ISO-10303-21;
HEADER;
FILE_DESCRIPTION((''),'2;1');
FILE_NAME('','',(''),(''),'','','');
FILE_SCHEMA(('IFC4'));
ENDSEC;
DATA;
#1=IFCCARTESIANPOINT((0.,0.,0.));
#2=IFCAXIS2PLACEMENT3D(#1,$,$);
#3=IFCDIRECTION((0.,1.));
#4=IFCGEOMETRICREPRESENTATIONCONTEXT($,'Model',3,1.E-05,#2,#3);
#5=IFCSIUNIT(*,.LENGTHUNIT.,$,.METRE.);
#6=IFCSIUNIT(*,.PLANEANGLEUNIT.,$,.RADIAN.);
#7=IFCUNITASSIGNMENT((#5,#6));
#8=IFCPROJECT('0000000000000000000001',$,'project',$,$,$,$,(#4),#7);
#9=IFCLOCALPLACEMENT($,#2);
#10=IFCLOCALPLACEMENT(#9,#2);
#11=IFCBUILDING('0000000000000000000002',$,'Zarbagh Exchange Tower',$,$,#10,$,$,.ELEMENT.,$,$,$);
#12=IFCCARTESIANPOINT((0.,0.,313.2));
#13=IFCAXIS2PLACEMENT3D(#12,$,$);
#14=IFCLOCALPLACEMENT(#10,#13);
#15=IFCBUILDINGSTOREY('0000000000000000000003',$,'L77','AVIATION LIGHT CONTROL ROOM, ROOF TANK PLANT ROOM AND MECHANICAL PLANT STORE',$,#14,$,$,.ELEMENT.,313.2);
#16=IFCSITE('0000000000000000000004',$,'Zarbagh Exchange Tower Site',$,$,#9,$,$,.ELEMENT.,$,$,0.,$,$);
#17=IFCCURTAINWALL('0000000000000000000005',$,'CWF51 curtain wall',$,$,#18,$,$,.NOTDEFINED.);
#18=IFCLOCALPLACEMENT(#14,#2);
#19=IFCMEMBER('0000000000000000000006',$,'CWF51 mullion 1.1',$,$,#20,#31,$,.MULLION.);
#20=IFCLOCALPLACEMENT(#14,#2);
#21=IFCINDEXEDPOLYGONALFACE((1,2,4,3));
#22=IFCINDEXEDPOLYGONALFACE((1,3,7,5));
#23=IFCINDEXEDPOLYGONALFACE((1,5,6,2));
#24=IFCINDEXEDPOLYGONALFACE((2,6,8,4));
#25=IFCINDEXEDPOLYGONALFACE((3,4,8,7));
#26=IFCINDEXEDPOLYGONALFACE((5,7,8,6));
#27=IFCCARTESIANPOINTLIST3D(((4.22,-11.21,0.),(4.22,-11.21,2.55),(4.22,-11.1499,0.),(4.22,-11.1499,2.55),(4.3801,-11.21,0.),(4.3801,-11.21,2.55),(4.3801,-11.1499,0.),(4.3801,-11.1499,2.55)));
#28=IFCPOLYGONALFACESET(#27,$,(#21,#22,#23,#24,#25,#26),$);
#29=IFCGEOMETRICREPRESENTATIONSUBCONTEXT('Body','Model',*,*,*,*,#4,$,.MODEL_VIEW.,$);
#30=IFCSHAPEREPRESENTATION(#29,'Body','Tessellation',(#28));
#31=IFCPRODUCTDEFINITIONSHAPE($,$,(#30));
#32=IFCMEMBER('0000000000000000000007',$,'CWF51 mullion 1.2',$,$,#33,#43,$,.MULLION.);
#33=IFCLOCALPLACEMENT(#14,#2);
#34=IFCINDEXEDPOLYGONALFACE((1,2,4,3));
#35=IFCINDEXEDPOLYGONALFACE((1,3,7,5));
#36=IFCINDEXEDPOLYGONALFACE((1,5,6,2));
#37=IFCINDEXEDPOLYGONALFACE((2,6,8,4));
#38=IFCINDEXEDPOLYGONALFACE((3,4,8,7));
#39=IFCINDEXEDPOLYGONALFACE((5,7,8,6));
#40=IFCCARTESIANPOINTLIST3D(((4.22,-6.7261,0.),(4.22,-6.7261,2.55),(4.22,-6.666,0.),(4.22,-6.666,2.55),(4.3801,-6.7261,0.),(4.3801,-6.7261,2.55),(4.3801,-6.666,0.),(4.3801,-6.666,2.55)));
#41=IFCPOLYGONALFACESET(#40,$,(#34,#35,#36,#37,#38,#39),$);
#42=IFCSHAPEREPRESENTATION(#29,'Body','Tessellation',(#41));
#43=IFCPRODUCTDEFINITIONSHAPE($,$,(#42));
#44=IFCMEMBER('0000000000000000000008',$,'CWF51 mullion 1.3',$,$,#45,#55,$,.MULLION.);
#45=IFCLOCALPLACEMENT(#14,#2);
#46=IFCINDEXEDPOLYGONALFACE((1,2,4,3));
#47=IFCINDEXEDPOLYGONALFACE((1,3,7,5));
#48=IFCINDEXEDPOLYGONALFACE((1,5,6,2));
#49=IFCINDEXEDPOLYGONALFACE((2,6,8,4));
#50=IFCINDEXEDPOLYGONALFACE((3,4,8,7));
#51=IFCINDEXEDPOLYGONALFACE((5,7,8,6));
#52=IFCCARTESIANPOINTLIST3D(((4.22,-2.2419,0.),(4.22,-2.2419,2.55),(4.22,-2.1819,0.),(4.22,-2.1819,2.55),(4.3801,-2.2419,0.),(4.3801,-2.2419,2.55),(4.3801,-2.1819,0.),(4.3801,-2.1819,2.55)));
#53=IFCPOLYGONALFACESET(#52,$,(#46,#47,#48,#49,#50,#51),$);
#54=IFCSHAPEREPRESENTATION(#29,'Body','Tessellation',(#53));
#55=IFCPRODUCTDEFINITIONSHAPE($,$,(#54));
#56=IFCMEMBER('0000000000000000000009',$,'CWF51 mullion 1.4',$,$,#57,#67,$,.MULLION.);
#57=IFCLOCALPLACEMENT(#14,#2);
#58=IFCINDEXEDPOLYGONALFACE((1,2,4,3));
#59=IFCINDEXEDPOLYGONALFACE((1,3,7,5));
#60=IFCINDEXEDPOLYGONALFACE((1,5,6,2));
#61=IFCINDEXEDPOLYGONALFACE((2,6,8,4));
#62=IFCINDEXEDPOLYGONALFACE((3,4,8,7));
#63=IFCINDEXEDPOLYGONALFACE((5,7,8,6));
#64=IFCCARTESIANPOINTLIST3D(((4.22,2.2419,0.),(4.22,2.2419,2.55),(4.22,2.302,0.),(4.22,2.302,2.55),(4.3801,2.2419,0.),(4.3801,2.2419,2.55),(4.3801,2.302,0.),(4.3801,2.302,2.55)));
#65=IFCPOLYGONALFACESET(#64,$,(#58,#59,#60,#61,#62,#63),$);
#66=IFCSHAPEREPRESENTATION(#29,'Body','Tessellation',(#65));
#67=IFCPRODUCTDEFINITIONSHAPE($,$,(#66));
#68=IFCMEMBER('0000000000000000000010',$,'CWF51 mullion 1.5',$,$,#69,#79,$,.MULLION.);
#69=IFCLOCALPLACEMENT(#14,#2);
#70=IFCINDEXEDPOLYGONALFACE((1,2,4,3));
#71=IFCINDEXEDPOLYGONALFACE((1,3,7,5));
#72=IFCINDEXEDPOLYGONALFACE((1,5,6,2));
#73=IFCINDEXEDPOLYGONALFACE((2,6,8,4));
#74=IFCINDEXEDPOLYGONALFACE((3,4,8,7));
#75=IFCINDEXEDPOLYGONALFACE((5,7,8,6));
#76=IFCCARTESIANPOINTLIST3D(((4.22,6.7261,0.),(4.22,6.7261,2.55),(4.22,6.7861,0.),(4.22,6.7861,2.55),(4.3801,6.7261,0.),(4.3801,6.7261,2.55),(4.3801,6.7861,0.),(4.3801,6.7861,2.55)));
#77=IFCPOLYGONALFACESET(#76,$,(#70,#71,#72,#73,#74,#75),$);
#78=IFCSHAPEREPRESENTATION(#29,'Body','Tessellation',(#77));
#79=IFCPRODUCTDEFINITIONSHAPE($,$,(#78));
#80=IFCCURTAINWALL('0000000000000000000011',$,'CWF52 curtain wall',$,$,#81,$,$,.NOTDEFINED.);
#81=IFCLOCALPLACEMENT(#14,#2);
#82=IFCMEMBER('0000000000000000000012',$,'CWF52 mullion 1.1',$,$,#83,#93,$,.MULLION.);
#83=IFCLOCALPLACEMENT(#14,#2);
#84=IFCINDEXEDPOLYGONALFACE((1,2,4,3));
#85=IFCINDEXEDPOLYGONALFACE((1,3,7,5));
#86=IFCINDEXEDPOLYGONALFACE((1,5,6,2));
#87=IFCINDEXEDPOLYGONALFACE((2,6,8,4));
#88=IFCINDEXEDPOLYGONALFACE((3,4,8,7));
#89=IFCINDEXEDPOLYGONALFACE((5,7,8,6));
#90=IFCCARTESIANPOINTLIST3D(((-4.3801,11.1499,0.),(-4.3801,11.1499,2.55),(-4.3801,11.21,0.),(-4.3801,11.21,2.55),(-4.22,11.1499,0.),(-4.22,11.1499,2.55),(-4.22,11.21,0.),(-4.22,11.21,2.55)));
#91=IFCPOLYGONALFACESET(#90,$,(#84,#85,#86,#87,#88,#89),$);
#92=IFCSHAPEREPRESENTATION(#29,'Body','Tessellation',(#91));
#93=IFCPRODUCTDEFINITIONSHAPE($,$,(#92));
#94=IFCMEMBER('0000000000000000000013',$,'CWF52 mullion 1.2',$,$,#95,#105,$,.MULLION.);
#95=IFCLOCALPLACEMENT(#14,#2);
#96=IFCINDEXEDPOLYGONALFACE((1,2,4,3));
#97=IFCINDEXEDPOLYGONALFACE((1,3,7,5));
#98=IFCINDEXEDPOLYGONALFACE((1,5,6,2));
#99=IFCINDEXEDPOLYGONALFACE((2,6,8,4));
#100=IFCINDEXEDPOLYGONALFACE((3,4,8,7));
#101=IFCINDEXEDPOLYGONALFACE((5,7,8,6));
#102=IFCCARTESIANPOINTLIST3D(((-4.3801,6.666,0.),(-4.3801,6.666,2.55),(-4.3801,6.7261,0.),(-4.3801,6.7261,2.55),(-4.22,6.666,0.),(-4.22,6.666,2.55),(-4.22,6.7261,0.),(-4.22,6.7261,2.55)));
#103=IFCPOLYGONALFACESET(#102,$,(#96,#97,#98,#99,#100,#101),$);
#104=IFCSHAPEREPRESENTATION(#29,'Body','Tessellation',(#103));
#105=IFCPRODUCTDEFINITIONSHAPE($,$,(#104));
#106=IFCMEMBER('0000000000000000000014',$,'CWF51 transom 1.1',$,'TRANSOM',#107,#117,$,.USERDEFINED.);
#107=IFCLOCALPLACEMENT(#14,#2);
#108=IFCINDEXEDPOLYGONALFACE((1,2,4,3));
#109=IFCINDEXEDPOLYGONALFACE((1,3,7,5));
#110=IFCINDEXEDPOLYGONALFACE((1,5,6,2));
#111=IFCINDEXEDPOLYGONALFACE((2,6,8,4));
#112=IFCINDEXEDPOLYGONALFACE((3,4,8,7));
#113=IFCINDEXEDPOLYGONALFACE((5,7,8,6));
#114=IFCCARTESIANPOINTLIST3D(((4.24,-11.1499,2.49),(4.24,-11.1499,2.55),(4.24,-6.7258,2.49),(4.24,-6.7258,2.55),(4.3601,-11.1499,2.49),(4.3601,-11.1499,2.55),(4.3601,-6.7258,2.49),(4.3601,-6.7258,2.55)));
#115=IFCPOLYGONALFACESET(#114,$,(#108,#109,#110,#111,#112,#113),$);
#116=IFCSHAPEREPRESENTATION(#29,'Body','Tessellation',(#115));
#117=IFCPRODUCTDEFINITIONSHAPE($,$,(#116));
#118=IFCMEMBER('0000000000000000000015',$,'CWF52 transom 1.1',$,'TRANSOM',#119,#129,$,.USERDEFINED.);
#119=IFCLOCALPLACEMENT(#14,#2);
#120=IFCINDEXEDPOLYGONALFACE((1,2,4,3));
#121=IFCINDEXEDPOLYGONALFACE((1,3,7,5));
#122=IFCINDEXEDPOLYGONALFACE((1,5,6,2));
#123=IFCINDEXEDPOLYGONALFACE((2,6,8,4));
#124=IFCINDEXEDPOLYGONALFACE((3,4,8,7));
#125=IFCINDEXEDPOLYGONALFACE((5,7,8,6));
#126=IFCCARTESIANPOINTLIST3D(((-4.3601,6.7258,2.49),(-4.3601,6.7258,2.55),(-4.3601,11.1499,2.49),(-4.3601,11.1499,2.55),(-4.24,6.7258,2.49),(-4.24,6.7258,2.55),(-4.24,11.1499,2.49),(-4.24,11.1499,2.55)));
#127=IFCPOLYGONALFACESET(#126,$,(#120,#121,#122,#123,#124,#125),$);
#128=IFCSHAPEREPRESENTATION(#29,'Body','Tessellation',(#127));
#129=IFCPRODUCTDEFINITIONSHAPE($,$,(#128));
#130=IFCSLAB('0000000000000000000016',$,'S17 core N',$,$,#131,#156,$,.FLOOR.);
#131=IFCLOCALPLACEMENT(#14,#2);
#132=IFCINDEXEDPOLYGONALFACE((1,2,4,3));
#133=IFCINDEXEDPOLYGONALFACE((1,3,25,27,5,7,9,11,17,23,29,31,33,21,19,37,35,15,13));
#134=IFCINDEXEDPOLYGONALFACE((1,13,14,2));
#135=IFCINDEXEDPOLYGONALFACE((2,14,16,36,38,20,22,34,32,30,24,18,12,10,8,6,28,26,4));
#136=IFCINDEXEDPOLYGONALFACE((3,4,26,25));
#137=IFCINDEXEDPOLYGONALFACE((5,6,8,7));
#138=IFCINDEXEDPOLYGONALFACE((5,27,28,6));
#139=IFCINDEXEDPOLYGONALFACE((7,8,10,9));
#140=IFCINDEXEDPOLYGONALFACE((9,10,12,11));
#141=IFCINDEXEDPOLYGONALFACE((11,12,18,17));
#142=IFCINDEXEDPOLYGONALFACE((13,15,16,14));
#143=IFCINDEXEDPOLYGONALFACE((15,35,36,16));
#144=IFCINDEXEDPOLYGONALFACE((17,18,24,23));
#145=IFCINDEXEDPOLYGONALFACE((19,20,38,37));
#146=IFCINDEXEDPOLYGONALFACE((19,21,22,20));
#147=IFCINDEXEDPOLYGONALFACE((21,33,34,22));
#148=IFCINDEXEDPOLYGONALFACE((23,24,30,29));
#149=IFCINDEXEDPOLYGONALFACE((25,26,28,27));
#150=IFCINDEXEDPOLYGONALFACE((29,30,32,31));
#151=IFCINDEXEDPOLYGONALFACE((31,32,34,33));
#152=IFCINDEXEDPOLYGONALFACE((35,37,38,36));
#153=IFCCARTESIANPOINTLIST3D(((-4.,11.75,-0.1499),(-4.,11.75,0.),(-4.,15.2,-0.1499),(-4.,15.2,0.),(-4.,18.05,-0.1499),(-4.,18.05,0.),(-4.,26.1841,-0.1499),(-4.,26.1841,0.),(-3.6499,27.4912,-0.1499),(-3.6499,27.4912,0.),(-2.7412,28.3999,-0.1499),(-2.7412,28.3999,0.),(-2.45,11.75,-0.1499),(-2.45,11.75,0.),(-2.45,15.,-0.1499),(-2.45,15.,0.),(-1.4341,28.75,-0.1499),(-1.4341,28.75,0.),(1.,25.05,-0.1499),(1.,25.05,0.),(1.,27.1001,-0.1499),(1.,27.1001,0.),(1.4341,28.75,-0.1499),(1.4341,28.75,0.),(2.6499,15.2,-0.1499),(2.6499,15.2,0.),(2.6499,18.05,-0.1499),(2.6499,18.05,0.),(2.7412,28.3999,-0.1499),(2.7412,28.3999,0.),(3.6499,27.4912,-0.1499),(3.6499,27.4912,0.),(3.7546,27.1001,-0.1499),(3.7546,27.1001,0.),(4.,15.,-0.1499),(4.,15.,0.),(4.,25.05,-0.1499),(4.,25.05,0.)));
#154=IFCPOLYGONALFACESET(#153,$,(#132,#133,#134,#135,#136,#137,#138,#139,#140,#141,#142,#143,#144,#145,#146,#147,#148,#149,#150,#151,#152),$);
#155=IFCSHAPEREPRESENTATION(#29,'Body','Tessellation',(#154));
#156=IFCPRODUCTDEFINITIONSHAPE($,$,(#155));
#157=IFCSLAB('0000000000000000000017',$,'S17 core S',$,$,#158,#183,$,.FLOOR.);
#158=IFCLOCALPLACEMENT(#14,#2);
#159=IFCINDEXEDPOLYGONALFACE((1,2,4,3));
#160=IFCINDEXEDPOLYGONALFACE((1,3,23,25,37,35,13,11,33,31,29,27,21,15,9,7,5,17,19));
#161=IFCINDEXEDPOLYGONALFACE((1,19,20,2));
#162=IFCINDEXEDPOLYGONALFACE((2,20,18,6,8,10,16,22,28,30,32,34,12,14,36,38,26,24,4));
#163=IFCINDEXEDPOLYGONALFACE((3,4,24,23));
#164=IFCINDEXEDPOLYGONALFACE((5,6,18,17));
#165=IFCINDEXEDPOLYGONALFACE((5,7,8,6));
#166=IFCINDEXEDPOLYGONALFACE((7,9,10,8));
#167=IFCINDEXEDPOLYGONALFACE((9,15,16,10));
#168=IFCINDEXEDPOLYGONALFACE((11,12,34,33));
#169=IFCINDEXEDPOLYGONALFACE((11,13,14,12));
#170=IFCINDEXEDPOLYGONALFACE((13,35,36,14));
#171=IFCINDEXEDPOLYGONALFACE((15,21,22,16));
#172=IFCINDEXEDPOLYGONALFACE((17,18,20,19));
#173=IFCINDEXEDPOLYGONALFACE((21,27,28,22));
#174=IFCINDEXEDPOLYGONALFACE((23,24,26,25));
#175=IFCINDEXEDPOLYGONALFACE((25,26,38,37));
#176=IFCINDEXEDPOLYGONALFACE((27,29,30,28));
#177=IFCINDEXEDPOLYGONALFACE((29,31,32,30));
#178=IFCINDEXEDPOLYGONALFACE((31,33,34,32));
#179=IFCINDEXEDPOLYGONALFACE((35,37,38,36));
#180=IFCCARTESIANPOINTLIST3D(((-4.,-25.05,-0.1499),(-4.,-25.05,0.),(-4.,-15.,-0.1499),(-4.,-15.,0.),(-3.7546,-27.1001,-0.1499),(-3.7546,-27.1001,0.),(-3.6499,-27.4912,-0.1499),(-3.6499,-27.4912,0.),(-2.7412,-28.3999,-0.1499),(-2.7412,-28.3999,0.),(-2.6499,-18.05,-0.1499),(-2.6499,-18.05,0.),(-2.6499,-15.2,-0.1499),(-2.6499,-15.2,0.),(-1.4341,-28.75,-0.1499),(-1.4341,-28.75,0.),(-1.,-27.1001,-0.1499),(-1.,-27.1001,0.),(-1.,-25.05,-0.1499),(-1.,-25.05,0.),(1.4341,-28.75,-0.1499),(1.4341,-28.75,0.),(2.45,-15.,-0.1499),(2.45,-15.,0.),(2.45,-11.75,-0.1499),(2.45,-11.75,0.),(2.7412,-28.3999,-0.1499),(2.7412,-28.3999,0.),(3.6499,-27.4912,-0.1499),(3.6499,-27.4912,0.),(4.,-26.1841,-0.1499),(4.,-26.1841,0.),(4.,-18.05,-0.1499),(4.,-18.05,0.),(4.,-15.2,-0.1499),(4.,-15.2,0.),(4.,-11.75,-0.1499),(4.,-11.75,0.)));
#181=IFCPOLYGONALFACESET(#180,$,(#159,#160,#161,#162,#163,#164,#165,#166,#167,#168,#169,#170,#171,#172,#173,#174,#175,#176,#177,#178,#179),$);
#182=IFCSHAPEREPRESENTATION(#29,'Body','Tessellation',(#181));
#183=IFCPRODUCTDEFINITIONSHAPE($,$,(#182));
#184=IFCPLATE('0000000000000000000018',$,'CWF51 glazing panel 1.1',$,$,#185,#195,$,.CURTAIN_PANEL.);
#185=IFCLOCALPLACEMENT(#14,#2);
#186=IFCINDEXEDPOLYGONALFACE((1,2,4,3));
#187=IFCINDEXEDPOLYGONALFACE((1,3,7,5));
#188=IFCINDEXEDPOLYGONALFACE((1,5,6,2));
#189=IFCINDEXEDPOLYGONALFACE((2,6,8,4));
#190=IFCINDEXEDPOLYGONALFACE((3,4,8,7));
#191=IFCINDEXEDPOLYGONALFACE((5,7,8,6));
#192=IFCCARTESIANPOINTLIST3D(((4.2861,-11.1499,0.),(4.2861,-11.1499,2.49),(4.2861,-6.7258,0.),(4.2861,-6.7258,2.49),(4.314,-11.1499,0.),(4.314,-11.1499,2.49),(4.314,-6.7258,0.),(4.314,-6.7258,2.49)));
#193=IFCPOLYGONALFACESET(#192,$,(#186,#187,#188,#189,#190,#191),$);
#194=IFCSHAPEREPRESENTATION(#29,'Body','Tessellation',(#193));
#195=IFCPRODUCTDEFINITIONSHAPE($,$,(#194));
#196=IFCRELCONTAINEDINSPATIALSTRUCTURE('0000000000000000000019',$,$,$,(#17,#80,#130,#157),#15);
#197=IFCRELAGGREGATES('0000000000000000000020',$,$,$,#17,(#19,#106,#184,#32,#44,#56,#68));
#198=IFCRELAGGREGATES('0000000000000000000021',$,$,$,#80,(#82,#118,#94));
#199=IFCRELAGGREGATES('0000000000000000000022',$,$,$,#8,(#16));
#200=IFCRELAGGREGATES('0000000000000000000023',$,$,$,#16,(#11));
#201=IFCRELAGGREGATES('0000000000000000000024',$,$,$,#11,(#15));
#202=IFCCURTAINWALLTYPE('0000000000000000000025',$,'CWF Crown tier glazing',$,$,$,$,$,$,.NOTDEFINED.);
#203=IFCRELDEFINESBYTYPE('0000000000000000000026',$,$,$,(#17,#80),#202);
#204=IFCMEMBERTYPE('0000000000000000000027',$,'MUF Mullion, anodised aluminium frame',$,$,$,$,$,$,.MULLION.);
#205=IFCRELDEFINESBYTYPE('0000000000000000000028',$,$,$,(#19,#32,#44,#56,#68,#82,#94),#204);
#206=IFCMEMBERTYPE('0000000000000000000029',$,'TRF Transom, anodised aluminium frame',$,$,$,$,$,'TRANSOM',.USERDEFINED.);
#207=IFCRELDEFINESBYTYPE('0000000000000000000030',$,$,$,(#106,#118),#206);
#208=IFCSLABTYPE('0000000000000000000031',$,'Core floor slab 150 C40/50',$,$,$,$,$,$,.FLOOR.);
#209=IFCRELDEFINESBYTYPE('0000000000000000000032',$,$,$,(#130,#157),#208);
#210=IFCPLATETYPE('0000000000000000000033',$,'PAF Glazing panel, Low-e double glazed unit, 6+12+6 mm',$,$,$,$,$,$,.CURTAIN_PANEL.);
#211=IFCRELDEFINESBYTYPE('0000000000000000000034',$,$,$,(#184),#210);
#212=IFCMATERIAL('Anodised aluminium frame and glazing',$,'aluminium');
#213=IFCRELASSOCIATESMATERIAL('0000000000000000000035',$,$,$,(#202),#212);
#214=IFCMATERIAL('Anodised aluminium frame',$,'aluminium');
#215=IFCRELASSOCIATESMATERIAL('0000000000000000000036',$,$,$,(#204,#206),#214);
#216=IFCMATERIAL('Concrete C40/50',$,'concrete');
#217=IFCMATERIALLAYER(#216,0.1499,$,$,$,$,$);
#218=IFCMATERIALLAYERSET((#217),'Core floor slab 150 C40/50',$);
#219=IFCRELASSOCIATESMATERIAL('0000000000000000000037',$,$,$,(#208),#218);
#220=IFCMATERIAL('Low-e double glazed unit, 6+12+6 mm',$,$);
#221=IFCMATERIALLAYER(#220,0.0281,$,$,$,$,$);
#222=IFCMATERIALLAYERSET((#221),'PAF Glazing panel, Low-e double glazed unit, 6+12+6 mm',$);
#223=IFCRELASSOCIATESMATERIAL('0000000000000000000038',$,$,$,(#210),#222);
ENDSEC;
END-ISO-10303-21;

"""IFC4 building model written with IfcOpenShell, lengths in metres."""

from ifc_helpers import new_model, si_unit, direction, frame, origin, place, context, subcontext, project, spatial, polyline, outline, extrude, source, transform, mapped, material, layer, layer_set, type_object, element, aggregate, save


model = new_model("IFC4")

# Units and contexts
model_context = context("Model", 3, precision=1e-05, world=origin(), true_north=direction((0.0, 1.0)))
body_context = subcontext(model_context, "Body", "Model", "MODEL_VIEW")
ifc_project = project(units=[si_unit("LENGTHUNIT", "METRE"), si_unit("PLANEANGLEUNIT", "RADIAN")], contexts=[model_context])

# Site, building, storey
site_placement = place(None, origin())
site = spatial("IfcSite", under=ifc_project, at=site_placement, Name="Zarbagh Exchange Tower Site", CompositionType="ELEMENT", RefElevation=0.0)
building_placement = place(site_placement, origin())
building = spatial("IfcBuilding", under=site, at=building_placement, Name="Zarbagh Exchange Tower", CompositionType="ELEMENT")
storey_placement = place(building_placement, frame((0.0, 0.0, 313.2)))
storey = spatial("IfcBuildingStorey", under=building, at=storey_placement, Name="L77", Description="AVIATION LIGHT CONTROL ROOM, ROOF TANK PLANT ROOM AND MECHANICAL PLANT STORE", CompositionType="ELEMENT", Elevation=313.2)

# Curtain walls, members
ifc_material_1 = material(Name="Anodised aluminium frame and glazing", Category="aluminium")
curtain_wall_type = type_object("IfcCurtainWallType", Name="CWF Crown tier glazing", PredefinedType="NOTDEFINED", material=ifc_material_1)
curtain_wall_1_placement = place(storey_placement, origin())
curtain_wall_1 = element("IfcCurtainWall", 1, at=curtain_wall_1_placement, inside=storey, type_object=curtain_wall_type, Name="CWF51 curtain wall", PredefinedType="NOTDEFINED")
ifc_material_2 = material(Name="Anodised aluminium frame", Category="aluminium")
member_type_1 = type_object("IfcMemberType", Name="MUF Mullion, anodised aluminium frame", PredefinedType="MULLION", material=ifc_material_2)
shared_shape_1 = source(origin(), body_context, "Body", "SweptSolid", [
    extrude(outline(polyline([(0.0, -0.0801), (0.0601, -0.0801), (0.0601, 0.0801), (0.0, 0.0801), (0.0, -0.0801)])), origin(), (0.0, 0.0, 1.0), 2.55),
])
placement = place(storey_placement, origin())
member_1 = element("IfcMember", 2, at=placement, type_object=member_type_1, Name="CWF51 mullion 1.1", PredefinedType="MULLION", context=body_context, shape_type="MappedRepresentation", body=[
    mapped(shared_shape_1, transform((4.3, -11.21, 0.0), x_axis=(0.0, 1.0, 0.0), y_axis=(-1.0, 0.0, 0.0), z_axis=(0.0, 0.0, 1.0))),
])
member_2 = element("IfcMember", 3, at=placement, type_object=member_type_1, Name="CWF51 mullion 1.2", PredefinedType="MULLION", context=body_context, shape_type="MappedRepresentation", body=[
    mapped(shared_shape_1, transform((4.3, -6.7261, 0.0), x_axis=(0.0, 1.0, 0.0), y_axis=(-1.0, 0.0, 0.0), z_axis=(0.0, 0.0, 1.0))),
])
member_3 = element("IfcMember", 4, at=placement, type_object=member_type_1, Name="CWF51 mullion 1.3", PredefinedType="MULLION", context=body_context, shape_type="MappedRepresentation", body=[
    mapped(shared_shape_1, transform((4.3, -2.2419, 0.0), x_axis=(0.0, 1.0, 0.0), y_axis=(-1.0, 0.0, 0.0), z_axis=(0.0, 0.0, 1.0))),
])
member_4 = element("IfcMember", 5, at=placement, type_object=member_type_1, Name="CWF51 mullion 1.4", PredefinedType="MULLION", context=body_context, shape_type="MappedRepresentation", body=[
    mapped(shared_shape_1, transform((4.3, 2.2419, 0.0), x_axis=(0.0, 1.0, 0.0), y_axis=(-1.0, 0.0, 0.0), z_axis=(0.0, 0.0, 1.0))),
])
member_5 = element("IfcMember", 6, at=placement, type_object=member_type_1, Name="CWF51 mullion 1.5", PredefinedType="MULLION", context=body_context, shape_type="MappedRepresentation", body=[
    mapped(shared_shape_1, transform((4.3, 6.7261, 0.0), x_axis=(0.0, 1.0, 0.0), y_axis=(-1.0, 0.0, 0.0), z_axis=(0.0, 0.0, 1.0))),
])
curtain_wall_2_placement = place(storey_placement, origin())
curtain_wall_2 = element("IfcCurtainWall", 7, at=curtain_wall_2_placement, inside=storey, type_object=curtain_wall_type, Name="CWF52 curtain wall", PredefinedType="NOTDEFINED")
member_6 = element("IfcMember", 8, at=placement, type_object=member_type_1, Name="CWF52 mullion 1.1", PredefinedType="MULLION", context=body_context, shape_type="MappedRepresentation", body=[
    mapped(shared_shape_1, transform((-4.3, 11.21, 0.0), x_axis=(0.0, -1.0, 0.0), y_axis=(1.0, 0.0, 0.0), z_axis=(0.0, 0.0, 1.0))),
])
member_7 = element("IfcMember", 9, at=placement, type_object=member_type_1, Name="CWF52 mullion 1.2", PredefinedType="MULLION", context=body_context, shape_type="MappedRepresentation", body=[
    mapped(shared_shape_1, transform((-4.3, 6.7261, 0.0), x_axis=(0.0, -1.0, 0.0), y_axis=(1.0, 0.0, 0.0), z_axis=(0.0, 0.0, 1.0))),
])

# Members
member_type_2 = type_object("IfcMemberType", Name="TRF Transom, anodised aluminium frame", ElementType="TRANSOM", PredefinedType="USERDEFINED", material=ifc_material_2)
shared_shape_2 = source(origin(), body_context, "Body", "SweptSolid", [
    extrude(outline(polyline([(-0.0601, -0.0601), (0.0, -0.0601), (0.0, 0.0601), (-0.0601, 0.0601), (-0.0601, -0.0601)])), origin(), (0.0, 0.0, 1.0), 4.4241),
])
member_8 = element("IfcMember", 10, at=placement, type_object=member_type_2, Name="CWF51 transom 1.1", ObjectType="TRANSOM", PredefinedType="USERDEFINED", context=body_context, shape_type="MappedRepresentation", body=[
    mapped(shared_shape_2, transform((4.3, -11.1499, 2.55), x_axis=(0.0, 0.0, 1.0), y_axis=(1.0, 0.0, 0.0), z_axis=(0.0, 1.0, 0.0))),
])
member_9 = element("IfcMember", 11, at=placement, type_object=member_type_2, Name="CWF52 transom 1.1", ObjectType="TRANSOM", PredefinedType="USERDEFINED", context=body_context, shape_type="MappedRepresentation", body=[
    mapped(shared_shape_2, transform((-4.3, 11.1499, 2.55), x_axis=(0.0, 0.0, 1.0), y_axis=(-1.0, 0.0, 0.0), z_axis=(0.0, -1.0, 0.0))),
])

# Slabs
ifc_material_3 = material(Name="Concrete C40/50", Category="concrete")
ifc_layer_1 = layer(ifc_material_3, 0.1499)
ifc_layer_set_1 = layer_set([ifc_layer_1], Name="Core floor slab 150 C40/50")
slab_type = type_object("IfcSlabType", Name="Core floor slab 150 C40/50", PredefinedType="FLOOR", material=ifc_layer_set_1)
slab_1_placement = place(storey_placement, frame((0.0, 0.0, -0.1499)))
element("IfcSlab", 12, at=slab_1_placement, inside=storey, type_object=slab_type, Name="S17 core N", PredefinedType="FLOOR", context=body_context, shape_type="SweptSolid", body=[
    extrude(outline(polyline([(-4.0, 11.75), (-4.0, 15.2), (2.6499, 15.2), (2.6499, 18.05), (-4.0, 18.05), (-4.0, 26.1841), (-3.6499, 27.4912), (-2.7412, 28.3999), (-1.4341, 28.75), (1.4341, 28.75), (2.7412, 28.3999), (3.6499, 27.4912), (3.8577, 26.7151), (3.7546, 27.1001), (1.0, 27.1001), (1.0, 25.05), (4.0, 25.05), (4.0, 15.0), (-2.45, 15.0), (-2.45, 11.75), (-4.0, 11.75)])), origin(), (0.0, 0.0, 1.0), 0.1499),
])
slab_2_placement = place(storey_placement, frame((0.0, 0.0, -0.1499)))
element("IfcSlab", 13, at=slab_2_placement, inside=storey, type_object=slab_type, Name="S17 core S", PredefinedType="FLOOR", context=body_context, shape_type="SweptSolid", body=[
    extrude(outline(polyline([(-2.7412, -28.3999), (-3.6499, -27.4912), (-3.8577, -26.7151), (-3.7546, -27.1001), (-1.0, -27.1001), (-1.0, -25.05), (-4.0, -25.05), (-4.0, -15.0), (2.45, -15.0), (2.45, -11.75), (4.0, -11.75), (4.0, -15.2), (-2.6499, -15.2), (-2.6499, -18.05), (4.0, -18.05), (4.0, -26.1841), (3.6499, -27.4912), (2.7412, -28.3999), (1.4341, -28.75), (-1.4341, -28.75), (-2.7412, -28.3999)])), origin(), (0.0, 0.0, 1.0), 0.1499),
])

# Plate
ifc_material_4 = material(Name="Low-e double glazed unit, 6+12+6 mm")
ifc_layer_2 = layer(ifc_material_4, 0.0281)
ifc_layer_set_2 = layer_set([ifc_layer_2], Name="PAF Glazing panel, Low-e double glazed unit, 6+12+6 mm")
plate_type = type_object("IfcPlateType", Name="PAF Glazing panel, Low-e double glazed unit, 6+12+6 mm", PredefinedType="CURTAIN_PANEL", material=ifc_layer_set_2)
shared_shape_3 = source(origin(), body_context, "Body", "SweptSolid", [
    extrude(outline(polyline([(0.0, -0.0139), (4.4241, -0.0139), (4.4241, 0.0139), (0.0, 0.0139), (0.0, -0.0139)])), origin(), (0.0, 0.0, 1.0), 2.49),
])
plate_1 = element("IfcPlate", 14, at=placement, type_object=plate_type, Name="CWF51 glazing panel 1.1", PredefinedType="CURTAIN_PANEL", context=body_context, shape_type="MappedRepresentation", body=[
    mapped(shared_shape_3, transform((4.3, -11.1499, 0.0), x_axis=(0.0, 1.0, 0.0), y_axis=(-1.0, 0.0, 0.0), z_axis=(0.0, 0.0, 1.0))),
])
aggregate(curtain_wall_1, [member_1, member_8, plate_1, member_2, member_3, member_4, member_5])
aggregate(curtain_wall_2, [member_6, member_9, member_7])

save(model, "model.ifc")
